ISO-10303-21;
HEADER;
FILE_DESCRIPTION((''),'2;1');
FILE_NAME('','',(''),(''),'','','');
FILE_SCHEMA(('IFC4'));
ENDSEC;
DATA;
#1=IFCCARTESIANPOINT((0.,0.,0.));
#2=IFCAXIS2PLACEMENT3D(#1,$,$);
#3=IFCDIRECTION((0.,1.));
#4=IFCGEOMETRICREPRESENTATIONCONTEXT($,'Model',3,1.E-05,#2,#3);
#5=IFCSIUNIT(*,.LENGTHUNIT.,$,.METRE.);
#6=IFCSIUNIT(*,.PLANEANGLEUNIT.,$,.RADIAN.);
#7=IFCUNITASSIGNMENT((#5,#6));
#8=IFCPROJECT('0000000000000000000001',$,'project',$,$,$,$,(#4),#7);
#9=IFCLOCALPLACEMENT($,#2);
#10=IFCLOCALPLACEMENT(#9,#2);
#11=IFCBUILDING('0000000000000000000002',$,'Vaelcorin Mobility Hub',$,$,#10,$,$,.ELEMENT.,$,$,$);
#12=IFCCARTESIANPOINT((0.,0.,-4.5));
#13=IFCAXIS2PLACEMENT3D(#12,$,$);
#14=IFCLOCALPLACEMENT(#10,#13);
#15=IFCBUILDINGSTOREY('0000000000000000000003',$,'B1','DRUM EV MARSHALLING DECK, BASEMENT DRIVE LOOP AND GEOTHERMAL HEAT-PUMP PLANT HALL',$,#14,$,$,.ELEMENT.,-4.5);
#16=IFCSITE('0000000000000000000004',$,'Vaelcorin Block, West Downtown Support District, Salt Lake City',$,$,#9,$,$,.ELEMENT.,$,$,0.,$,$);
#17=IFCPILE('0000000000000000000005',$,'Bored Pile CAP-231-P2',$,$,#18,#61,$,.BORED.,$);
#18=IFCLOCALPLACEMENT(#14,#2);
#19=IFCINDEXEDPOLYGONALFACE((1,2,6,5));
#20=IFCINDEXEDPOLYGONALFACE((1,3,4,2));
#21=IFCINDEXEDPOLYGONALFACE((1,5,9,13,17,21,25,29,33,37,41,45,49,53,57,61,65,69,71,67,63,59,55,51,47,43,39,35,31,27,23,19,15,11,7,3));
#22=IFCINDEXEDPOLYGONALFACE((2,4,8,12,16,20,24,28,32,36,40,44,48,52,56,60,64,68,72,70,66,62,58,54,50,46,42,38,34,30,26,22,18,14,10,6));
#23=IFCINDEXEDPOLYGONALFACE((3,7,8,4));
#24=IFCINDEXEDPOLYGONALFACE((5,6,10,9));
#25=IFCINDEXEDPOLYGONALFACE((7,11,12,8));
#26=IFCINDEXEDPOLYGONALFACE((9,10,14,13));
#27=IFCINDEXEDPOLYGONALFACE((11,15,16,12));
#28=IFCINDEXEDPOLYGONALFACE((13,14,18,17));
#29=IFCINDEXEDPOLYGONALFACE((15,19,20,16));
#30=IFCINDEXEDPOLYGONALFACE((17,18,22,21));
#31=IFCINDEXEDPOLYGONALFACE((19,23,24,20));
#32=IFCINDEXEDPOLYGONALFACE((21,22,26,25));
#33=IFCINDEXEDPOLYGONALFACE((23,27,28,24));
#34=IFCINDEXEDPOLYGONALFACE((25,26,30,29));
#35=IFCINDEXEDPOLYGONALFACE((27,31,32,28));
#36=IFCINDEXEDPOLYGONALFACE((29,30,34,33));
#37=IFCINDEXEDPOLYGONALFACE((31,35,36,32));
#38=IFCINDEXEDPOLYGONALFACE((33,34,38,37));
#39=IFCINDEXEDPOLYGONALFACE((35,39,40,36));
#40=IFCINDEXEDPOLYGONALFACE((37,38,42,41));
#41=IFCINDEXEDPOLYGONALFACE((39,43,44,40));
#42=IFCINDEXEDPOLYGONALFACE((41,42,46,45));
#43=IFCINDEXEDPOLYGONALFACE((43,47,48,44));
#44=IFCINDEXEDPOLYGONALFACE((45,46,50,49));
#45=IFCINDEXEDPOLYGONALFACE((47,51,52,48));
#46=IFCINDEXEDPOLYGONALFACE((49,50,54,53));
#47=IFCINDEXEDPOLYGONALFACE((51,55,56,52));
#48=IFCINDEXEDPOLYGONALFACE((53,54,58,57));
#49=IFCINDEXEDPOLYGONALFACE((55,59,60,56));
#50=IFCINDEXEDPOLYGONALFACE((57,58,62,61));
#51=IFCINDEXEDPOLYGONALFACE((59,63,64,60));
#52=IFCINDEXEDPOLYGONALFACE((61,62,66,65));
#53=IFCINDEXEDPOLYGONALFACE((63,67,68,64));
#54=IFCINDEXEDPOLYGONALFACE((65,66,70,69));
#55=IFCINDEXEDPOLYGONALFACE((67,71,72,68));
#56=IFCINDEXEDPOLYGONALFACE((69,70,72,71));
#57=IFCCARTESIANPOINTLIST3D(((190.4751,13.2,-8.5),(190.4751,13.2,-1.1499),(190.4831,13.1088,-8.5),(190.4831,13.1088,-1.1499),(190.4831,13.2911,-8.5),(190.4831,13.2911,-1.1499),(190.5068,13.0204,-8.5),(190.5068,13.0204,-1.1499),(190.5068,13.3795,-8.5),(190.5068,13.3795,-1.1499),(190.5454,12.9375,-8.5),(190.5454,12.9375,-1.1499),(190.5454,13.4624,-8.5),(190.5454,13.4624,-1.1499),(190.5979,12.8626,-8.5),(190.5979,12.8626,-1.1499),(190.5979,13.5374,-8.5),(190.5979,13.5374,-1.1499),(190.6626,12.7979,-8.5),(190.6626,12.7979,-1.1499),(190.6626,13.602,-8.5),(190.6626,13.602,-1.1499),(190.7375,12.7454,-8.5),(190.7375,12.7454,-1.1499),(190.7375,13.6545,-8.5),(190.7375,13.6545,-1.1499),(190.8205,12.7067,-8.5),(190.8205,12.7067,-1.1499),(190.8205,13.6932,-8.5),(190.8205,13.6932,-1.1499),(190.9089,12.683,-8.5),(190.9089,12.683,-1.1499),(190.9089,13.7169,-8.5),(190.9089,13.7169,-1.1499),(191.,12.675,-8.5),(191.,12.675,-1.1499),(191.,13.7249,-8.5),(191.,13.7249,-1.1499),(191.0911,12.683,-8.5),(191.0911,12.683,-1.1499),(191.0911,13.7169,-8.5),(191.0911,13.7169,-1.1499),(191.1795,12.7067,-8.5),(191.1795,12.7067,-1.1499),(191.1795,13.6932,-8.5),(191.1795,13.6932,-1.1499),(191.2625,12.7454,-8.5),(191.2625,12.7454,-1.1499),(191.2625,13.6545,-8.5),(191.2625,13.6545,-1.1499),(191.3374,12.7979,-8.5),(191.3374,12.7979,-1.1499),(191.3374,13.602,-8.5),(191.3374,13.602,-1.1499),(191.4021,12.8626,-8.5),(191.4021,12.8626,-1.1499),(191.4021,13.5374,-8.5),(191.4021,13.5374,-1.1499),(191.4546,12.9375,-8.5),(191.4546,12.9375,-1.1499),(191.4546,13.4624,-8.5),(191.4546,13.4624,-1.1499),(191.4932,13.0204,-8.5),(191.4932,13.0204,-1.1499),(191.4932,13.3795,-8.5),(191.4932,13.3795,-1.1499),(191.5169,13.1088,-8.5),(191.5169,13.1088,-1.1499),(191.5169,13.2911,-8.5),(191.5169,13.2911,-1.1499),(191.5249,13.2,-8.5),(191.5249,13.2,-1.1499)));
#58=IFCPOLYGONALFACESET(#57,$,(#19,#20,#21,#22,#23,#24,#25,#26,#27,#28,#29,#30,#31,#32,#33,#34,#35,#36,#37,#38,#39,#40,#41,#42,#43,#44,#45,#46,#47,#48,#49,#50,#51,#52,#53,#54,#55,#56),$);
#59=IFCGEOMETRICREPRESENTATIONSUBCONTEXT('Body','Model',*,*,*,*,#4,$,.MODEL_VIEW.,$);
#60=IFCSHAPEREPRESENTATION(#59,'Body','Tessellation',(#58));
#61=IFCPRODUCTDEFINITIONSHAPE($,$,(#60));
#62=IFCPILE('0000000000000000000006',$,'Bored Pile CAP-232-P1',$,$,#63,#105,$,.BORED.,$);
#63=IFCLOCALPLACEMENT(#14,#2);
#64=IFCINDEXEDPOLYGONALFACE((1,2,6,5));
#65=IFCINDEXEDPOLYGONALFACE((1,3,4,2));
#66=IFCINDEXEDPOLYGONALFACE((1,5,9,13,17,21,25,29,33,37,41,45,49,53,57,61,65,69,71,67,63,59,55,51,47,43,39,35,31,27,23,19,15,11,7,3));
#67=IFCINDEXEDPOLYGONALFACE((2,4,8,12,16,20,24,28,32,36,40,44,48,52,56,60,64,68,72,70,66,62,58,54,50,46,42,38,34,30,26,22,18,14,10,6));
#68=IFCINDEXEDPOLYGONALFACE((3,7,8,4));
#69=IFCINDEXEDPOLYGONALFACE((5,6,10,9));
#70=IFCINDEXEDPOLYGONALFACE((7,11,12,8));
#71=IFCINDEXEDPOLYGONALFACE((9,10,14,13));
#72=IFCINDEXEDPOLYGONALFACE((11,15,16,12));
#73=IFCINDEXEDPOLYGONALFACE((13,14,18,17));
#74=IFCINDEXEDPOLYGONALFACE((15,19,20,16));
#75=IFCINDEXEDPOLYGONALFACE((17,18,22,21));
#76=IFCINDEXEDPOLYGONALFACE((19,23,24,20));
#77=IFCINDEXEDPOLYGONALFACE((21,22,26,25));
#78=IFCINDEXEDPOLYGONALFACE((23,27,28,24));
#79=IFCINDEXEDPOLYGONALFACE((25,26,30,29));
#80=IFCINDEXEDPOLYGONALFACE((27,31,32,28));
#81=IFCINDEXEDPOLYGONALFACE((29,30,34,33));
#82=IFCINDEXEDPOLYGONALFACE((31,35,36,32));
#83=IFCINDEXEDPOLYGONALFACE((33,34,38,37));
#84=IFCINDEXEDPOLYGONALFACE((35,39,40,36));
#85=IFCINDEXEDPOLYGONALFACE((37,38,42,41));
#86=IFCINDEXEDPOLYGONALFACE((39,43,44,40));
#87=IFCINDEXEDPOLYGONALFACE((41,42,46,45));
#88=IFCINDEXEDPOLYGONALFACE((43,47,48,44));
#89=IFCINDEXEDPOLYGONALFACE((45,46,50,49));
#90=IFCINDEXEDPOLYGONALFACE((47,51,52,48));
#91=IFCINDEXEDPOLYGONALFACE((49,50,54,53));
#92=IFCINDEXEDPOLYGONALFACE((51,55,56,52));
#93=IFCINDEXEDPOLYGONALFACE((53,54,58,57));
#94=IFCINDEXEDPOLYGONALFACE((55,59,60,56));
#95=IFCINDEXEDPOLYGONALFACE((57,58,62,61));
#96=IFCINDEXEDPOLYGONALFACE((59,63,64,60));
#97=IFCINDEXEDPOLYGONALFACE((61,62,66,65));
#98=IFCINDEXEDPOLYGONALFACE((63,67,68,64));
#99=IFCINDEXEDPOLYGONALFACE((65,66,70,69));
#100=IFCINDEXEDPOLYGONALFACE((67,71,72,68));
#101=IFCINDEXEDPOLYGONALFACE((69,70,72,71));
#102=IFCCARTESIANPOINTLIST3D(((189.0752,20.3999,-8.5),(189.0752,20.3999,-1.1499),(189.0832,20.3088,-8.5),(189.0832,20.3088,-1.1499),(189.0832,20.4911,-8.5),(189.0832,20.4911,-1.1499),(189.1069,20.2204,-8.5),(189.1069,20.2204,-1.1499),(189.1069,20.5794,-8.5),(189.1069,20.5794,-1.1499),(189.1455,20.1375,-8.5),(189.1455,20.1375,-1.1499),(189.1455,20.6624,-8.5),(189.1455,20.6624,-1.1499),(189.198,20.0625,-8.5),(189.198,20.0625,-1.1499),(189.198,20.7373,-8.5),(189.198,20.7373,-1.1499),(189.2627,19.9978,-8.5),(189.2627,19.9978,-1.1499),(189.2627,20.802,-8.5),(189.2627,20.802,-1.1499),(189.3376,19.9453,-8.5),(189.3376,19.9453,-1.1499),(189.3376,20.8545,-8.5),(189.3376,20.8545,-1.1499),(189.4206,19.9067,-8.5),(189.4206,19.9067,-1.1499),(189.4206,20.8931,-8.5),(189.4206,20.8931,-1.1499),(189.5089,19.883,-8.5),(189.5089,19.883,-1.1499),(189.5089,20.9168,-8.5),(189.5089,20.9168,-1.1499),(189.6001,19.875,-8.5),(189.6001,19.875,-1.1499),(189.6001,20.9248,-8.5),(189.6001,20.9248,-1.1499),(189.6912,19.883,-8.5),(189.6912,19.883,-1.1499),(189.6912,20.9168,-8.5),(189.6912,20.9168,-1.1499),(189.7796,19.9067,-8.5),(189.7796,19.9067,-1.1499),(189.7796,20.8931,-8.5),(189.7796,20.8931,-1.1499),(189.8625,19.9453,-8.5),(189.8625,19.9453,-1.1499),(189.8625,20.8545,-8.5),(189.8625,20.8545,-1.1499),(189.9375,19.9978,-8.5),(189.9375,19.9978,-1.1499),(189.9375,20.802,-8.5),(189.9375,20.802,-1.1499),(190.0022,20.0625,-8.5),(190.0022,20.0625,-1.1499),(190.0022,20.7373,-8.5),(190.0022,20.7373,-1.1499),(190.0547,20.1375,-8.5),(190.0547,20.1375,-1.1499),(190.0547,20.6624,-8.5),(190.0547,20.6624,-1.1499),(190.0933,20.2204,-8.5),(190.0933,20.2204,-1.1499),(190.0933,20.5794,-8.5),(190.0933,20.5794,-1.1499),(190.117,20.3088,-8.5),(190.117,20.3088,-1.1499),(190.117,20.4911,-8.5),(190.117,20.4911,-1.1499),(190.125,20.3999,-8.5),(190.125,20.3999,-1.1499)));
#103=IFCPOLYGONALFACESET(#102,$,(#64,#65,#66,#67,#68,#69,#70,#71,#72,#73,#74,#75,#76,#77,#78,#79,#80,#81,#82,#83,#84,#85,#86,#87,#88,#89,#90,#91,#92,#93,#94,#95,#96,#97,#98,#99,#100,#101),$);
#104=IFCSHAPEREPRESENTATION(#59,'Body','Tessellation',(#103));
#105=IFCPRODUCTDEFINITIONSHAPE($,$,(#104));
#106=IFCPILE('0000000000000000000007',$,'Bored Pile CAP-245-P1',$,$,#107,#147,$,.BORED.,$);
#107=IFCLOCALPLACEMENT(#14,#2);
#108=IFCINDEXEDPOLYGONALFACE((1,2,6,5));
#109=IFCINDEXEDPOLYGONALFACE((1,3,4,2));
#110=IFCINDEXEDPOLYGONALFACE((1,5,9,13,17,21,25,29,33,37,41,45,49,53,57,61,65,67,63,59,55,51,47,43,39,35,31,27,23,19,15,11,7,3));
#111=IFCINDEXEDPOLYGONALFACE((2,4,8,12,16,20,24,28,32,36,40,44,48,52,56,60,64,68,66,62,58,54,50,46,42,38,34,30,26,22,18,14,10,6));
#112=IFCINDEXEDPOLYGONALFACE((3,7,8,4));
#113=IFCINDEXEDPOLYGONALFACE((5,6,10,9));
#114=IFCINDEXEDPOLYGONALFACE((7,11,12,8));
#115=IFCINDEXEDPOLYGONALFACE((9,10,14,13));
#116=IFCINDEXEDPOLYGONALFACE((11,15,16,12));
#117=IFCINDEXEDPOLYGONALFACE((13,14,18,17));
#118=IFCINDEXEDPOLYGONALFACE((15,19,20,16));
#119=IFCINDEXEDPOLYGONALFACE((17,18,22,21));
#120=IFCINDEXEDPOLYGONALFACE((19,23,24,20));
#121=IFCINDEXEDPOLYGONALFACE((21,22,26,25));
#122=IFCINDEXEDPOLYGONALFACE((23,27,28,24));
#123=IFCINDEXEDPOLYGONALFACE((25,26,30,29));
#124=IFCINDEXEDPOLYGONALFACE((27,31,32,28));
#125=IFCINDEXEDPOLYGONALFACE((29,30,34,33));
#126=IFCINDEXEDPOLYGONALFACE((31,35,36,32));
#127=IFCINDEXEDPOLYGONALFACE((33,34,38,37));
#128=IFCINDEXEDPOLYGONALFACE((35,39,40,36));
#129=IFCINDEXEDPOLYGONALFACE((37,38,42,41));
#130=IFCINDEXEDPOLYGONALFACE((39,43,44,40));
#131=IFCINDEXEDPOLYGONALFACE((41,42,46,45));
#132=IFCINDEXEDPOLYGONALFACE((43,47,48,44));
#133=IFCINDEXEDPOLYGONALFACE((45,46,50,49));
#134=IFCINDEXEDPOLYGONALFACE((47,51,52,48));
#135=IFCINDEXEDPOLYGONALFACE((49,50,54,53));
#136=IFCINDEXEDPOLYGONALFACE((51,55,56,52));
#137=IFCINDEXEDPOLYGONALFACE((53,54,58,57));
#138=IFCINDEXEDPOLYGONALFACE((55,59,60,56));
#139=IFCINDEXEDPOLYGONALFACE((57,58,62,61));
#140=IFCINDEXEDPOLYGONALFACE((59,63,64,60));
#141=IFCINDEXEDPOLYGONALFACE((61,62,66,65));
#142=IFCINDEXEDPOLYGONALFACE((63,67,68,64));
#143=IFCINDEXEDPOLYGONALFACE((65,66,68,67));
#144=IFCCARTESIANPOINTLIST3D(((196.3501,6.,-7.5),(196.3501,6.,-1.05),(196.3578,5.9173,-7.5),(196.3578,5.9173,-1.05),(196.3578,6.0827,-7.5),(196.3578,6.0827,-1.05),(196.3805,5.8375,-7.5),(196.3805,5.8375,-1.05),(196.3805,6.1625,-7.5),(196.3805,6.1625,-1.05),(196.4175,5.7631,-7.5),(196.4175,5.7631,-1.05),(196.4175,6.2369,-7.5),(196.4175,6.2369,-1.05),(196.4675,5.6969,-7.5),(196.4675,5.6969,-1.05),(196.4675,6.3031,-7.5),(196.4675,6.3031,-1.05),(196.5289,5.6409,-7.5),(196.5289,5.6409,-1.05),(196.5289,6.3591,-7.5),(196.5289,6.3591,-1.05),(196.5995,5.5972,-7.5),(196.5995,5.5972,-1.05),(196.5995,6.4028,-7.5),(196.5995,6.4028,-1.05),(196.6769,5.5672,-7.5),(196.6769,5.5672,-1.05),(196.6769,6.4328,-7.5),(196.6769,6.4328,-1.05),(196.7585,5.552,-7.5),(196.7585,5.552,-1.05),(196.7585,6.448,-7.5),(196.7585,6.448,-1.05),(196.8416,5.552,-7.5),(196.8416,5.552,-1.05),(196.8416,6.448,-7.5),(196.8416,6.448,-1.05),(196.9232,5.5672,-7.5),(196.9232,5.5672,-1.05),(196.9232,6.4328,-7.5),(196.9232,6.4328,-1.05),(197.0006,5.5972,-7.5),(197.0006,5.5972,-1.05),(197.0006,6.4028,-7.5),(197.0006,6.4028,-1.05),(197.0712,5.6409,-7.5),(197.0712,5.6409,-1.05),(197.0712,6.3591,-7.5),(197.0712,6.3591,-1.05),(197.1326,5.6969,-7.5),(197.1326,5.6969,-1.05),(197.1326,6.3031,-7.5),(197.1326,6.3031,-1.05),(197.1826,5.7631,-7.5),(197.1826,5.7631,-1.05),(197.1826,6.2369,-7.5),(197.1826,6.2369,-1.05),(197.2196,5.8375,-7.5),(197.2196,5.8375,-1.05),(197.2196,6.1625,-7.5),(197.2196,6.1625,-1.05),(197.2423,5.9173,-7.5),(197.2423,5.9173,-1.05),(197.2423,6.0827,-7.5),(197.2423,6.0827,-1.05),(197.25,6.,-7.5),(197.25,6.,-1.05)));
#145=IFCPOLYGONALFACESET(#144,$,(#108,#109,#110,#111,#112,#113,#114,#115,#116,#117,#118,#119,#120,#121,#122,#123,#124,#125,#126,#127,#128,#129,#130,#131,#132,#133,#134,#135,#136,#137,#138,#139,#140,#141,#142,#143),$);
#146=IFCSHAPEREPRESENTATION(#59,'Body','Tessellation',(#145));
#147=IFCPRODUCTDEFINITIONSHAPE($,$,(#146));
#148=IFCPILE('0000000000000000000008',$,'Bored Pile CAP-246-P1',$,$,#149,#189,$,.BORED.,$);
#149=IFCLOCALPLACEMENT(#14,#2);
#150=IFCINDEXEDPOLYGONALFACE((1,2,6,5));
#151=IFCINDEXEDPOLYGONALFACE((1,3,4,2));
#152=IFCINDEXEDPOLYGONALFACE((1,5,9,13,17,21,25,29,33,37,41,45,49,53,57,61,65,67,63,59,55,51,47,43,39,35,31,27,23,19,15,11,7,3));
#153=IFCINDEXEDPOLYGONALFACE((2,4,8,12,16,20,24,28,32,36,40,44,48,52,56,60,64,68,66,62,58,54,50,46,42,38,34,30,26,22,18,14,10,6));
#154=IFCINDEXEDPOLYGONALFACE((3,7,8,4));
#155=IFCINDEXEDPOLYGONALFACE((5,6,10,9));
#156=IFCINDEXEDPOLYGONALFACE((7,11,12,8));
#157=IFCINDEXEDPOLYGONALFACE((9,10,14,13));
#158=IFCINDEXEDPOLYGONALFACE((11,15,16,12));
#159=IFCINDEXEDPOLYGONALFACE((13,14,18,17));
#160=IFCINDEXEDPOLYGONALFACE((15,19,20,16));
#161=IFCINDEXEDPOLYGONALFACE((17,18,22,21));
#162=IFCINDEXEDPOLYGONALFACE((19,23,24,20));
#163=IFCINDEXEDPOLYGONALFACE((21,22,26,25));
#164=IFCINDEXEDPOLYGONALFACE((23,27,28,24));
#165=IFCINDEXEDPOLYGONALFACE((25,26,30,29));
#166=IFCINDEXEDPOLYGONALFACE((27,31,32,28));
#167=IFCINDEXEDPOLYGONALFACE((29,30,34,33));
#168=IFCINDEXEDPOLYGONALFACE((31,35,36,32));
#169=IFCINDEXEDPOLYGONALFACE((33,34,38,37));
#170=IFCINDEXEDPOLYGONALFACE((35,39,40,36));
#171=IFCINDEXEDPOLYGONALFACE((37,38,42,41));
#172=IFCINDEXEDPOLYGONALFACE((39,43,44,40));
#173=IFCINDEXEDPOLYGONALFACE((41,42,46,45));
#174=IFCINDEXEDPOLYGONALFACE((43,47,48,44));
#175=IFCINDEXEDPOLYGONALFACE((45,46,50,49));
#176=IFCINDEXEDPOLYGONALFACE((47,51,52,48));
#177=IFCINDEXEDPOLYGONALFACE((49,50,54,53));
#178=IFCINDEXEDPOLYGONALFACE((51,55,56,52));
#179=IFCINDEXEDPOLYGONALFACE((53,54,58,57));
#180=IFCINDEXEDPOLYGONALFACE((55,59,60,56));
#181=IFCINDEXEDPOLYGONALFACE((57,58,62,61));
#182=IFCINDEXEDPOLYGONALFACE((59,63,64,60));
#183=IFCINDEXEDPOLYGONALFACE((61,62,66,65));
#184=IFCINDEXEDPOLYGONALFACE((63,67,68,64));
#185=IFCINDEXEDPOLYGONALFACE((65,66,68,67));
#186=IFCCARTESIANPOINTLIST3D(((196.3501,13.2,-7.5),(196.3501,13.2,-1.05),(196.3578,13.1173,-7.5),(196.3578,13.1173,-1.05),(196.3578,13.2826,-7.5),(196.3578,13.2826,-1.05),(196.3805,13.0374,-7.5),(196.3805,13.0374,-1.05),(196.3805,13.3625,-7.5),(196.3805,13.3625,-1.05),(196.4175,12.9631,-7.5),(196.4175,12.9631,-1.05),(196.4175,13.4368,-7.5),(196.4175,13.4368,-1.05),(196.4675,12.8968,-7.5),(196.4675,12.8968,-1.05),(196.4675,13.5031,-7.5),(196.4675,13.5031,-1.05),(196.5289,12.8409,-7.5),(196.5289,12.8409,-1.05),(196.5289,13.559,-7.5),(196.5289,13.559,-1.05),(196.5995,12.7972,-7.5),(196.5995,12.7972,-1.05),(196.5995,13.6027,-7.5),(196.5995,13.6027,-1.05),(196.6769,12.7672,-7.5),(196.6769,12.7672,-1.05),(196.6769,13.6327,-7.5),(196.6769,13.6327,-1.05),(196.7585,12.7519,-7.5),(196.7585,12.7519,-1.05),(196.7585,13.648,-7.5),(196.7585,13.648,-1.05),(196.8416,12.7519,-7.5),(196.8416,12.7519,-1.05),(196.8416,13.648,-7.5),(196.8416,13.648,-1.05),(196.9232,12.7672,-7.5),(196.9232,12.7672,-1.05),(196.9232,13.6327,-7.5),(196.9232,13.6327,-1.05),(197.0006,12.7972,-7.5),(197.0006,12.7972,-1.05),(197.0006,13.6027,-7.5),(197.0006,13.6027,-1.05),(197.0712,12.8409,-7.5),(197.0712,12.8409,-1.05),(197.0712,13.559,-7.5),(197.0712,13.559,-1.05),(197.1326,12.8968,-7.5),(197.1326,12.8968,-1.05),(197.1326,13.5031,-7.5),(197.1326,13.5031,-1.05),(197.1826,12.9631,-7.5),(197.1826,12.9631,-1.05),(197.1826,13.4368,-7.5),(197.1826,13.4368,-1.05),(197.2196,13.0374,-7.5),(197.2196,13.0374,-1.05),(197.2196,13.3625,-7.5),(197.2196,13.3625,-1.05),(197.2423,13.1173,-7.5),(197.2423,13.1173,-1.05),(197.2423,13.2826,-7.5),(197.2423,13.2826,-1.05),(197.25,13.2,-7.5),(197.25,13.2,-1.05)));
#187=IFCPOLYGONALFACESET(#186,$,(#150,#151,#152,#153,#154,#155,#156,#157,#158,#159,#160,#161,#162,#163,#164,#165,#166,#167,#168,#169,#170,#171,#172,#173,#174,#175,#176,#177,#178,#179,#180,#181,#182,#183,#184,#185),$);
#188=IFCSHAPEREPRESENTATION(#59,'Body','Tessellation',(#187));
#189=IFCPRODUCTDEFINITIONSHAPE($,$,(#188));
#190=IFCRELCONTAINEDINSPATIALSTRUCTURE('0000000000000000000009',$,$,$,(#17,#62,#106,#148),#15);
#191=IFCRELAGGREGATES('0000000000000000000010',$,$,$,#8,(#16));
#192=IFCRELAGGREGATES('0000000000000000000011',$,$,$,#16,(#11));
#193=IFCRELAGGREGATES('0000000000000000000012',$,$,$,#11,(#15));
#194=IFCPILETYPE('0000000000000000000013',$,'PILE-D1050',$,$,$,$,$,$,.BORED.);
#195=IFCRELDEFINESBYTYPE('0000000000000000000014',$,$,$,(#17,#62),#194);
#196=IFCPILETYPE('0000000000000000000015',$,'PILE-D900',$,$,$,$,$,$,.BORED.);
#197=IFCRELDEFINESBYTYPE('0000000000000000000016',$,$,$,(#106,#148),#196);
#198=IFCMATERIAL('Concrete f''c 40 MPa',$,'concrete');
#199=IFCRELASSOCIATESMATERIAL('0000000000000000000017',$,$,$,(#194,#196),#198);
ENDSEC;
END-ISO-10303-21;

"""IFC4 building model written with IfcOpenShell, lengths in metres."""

from ifc_helpers import new_model, si_unit, direction, frame, origin, origin_2d, place, context, subcontext, project, spatial, circle, extrude, material, material_profile, profile_set, type_object, element, save


model = new_model("IFC4")

# Units and contexts
model_context = context("Model", 3, precision=1e-05, world=origin(), true_north=direction((0.0, 1.0)))
body_context = subcontext(model_context, "Body", "Model", "MODEL_VIEW")
ifc_project = project(units=[si_unit("LENGTHUNIT", "METRE"), si_unit("PLANEANGLEUNIT", "RADIAN")], contexts=[model_context])

# Site, building, storey
site_placement = place(None, origin())
site = spatial("IfcSite", under=ifc_project, at=site_placement, Name="Vaelcorin Block, West Downtown Support District, Salt Lake City", CompositionType="ELEMENT", RefElevation=0.0)
building_placement = place(site_placement, origin())
building = spatial("IfcBuilding", under=site, at=building_placement, Name="Vaelcorin Mobility Hub", CompositionType="ELEMENT")
storey_placement = place(building_placement, frame((0.0, 0.0, -4.5)))
storey = spatial("IfcBuildingStorey", under=building, at=storey_placement, Name="B1", Description="DRUM EV MARSHALLING DECK, BASEMENT DRIVE LOOP AND GEOTHERMAL HEAT-PUMP PLANT HALL", CompositionType="ELEMENT", Elevation=-4.5)

# Shared definitions
ifc_material_1 = material(Name="Concrete f'c 40 MPa", Category="concrete")

# Piles
ifc_material_profile_1 = material_profile(ifc_material_1, circle(Radius=0.5249, at=origin_2d()), Name="BP-D1050")
ifc_profile_set_1 = profile_set([ifc_material_profile_1], Name="Concrete f'c 40 MPa")
pile_type_1 = type_object("IfcPileType", Name="PILE-D1050", PredefinedType="BORED", material=ifc_profile_set_1)
for number, where, z_axis, x_axis, name in (
    (1, (191.0, 13.2, -1.1499), (0.0, 0.0, -1.0), (1.0, 0.0, 0.0), "Bored Pile CAP-231-P2"),
    (2, (189.6001, 20.3999, -1.1499), (0.0, 0.0, -1.0), (1.0, 0.0, 0.0), "Bored Pile CAP-232-P1"),
):
    element("IfcPile", number, at=place(storey_placement, frame(where, z_axis=z_axis, x_axis=x_axis)), inside=storey, type_object=pile_type_1, Name=name, PredefinedType="BORED", context=body_context, shape_type="SweptSolid", body=[
        extrude(circle(Radius=0.5249, at=origin_2d()), origin(), (0.0, 0.0, 1.0), 7.3501),
    ])
ifc_material_profile_2 = material_profile(ifc_material_1, circle(Radius=0.45, at=origin_2d()), Name="BP-D900")
ifc_profile_set_2 = profile_set([ifc_material_profile_2], Name="Concrete f'c 40 MPa")
pile_type_2 = type_object("IfcPileType", Name="PILE-D900", PredefinedType="BORED", material=ifc_profile_set_2)
for number, where, z_axis, x_axis, name in (
    (3, (196.8, 6.0, -1.05), (0.0, 0.0, -1.0), (1.0, 0.0, 0.0), "Bored Pile CAP-245-P1"),
    (4, (196.8, 13.2, -1.05), (0.0, 0.0, -1.0), (1.0, 0.0, 0.0), "Bored Pile CAP-246-P1"),
):
    element("IfcPile", number, at=place(storey_placement, frame(where, z_axis=z_axis, x_axis=x_axis)), inside=storey, type_object=pile_type_2, Name=name, PredefinedType="BORED", context=body_context, shape_type="SweptSolid", body=[
        extrude(circle(Radius=0.45, at=origin_2d()), origin(), (0.0, 0.0, 1.0), 6.45),
    ])

save(model, "model.ifc")
